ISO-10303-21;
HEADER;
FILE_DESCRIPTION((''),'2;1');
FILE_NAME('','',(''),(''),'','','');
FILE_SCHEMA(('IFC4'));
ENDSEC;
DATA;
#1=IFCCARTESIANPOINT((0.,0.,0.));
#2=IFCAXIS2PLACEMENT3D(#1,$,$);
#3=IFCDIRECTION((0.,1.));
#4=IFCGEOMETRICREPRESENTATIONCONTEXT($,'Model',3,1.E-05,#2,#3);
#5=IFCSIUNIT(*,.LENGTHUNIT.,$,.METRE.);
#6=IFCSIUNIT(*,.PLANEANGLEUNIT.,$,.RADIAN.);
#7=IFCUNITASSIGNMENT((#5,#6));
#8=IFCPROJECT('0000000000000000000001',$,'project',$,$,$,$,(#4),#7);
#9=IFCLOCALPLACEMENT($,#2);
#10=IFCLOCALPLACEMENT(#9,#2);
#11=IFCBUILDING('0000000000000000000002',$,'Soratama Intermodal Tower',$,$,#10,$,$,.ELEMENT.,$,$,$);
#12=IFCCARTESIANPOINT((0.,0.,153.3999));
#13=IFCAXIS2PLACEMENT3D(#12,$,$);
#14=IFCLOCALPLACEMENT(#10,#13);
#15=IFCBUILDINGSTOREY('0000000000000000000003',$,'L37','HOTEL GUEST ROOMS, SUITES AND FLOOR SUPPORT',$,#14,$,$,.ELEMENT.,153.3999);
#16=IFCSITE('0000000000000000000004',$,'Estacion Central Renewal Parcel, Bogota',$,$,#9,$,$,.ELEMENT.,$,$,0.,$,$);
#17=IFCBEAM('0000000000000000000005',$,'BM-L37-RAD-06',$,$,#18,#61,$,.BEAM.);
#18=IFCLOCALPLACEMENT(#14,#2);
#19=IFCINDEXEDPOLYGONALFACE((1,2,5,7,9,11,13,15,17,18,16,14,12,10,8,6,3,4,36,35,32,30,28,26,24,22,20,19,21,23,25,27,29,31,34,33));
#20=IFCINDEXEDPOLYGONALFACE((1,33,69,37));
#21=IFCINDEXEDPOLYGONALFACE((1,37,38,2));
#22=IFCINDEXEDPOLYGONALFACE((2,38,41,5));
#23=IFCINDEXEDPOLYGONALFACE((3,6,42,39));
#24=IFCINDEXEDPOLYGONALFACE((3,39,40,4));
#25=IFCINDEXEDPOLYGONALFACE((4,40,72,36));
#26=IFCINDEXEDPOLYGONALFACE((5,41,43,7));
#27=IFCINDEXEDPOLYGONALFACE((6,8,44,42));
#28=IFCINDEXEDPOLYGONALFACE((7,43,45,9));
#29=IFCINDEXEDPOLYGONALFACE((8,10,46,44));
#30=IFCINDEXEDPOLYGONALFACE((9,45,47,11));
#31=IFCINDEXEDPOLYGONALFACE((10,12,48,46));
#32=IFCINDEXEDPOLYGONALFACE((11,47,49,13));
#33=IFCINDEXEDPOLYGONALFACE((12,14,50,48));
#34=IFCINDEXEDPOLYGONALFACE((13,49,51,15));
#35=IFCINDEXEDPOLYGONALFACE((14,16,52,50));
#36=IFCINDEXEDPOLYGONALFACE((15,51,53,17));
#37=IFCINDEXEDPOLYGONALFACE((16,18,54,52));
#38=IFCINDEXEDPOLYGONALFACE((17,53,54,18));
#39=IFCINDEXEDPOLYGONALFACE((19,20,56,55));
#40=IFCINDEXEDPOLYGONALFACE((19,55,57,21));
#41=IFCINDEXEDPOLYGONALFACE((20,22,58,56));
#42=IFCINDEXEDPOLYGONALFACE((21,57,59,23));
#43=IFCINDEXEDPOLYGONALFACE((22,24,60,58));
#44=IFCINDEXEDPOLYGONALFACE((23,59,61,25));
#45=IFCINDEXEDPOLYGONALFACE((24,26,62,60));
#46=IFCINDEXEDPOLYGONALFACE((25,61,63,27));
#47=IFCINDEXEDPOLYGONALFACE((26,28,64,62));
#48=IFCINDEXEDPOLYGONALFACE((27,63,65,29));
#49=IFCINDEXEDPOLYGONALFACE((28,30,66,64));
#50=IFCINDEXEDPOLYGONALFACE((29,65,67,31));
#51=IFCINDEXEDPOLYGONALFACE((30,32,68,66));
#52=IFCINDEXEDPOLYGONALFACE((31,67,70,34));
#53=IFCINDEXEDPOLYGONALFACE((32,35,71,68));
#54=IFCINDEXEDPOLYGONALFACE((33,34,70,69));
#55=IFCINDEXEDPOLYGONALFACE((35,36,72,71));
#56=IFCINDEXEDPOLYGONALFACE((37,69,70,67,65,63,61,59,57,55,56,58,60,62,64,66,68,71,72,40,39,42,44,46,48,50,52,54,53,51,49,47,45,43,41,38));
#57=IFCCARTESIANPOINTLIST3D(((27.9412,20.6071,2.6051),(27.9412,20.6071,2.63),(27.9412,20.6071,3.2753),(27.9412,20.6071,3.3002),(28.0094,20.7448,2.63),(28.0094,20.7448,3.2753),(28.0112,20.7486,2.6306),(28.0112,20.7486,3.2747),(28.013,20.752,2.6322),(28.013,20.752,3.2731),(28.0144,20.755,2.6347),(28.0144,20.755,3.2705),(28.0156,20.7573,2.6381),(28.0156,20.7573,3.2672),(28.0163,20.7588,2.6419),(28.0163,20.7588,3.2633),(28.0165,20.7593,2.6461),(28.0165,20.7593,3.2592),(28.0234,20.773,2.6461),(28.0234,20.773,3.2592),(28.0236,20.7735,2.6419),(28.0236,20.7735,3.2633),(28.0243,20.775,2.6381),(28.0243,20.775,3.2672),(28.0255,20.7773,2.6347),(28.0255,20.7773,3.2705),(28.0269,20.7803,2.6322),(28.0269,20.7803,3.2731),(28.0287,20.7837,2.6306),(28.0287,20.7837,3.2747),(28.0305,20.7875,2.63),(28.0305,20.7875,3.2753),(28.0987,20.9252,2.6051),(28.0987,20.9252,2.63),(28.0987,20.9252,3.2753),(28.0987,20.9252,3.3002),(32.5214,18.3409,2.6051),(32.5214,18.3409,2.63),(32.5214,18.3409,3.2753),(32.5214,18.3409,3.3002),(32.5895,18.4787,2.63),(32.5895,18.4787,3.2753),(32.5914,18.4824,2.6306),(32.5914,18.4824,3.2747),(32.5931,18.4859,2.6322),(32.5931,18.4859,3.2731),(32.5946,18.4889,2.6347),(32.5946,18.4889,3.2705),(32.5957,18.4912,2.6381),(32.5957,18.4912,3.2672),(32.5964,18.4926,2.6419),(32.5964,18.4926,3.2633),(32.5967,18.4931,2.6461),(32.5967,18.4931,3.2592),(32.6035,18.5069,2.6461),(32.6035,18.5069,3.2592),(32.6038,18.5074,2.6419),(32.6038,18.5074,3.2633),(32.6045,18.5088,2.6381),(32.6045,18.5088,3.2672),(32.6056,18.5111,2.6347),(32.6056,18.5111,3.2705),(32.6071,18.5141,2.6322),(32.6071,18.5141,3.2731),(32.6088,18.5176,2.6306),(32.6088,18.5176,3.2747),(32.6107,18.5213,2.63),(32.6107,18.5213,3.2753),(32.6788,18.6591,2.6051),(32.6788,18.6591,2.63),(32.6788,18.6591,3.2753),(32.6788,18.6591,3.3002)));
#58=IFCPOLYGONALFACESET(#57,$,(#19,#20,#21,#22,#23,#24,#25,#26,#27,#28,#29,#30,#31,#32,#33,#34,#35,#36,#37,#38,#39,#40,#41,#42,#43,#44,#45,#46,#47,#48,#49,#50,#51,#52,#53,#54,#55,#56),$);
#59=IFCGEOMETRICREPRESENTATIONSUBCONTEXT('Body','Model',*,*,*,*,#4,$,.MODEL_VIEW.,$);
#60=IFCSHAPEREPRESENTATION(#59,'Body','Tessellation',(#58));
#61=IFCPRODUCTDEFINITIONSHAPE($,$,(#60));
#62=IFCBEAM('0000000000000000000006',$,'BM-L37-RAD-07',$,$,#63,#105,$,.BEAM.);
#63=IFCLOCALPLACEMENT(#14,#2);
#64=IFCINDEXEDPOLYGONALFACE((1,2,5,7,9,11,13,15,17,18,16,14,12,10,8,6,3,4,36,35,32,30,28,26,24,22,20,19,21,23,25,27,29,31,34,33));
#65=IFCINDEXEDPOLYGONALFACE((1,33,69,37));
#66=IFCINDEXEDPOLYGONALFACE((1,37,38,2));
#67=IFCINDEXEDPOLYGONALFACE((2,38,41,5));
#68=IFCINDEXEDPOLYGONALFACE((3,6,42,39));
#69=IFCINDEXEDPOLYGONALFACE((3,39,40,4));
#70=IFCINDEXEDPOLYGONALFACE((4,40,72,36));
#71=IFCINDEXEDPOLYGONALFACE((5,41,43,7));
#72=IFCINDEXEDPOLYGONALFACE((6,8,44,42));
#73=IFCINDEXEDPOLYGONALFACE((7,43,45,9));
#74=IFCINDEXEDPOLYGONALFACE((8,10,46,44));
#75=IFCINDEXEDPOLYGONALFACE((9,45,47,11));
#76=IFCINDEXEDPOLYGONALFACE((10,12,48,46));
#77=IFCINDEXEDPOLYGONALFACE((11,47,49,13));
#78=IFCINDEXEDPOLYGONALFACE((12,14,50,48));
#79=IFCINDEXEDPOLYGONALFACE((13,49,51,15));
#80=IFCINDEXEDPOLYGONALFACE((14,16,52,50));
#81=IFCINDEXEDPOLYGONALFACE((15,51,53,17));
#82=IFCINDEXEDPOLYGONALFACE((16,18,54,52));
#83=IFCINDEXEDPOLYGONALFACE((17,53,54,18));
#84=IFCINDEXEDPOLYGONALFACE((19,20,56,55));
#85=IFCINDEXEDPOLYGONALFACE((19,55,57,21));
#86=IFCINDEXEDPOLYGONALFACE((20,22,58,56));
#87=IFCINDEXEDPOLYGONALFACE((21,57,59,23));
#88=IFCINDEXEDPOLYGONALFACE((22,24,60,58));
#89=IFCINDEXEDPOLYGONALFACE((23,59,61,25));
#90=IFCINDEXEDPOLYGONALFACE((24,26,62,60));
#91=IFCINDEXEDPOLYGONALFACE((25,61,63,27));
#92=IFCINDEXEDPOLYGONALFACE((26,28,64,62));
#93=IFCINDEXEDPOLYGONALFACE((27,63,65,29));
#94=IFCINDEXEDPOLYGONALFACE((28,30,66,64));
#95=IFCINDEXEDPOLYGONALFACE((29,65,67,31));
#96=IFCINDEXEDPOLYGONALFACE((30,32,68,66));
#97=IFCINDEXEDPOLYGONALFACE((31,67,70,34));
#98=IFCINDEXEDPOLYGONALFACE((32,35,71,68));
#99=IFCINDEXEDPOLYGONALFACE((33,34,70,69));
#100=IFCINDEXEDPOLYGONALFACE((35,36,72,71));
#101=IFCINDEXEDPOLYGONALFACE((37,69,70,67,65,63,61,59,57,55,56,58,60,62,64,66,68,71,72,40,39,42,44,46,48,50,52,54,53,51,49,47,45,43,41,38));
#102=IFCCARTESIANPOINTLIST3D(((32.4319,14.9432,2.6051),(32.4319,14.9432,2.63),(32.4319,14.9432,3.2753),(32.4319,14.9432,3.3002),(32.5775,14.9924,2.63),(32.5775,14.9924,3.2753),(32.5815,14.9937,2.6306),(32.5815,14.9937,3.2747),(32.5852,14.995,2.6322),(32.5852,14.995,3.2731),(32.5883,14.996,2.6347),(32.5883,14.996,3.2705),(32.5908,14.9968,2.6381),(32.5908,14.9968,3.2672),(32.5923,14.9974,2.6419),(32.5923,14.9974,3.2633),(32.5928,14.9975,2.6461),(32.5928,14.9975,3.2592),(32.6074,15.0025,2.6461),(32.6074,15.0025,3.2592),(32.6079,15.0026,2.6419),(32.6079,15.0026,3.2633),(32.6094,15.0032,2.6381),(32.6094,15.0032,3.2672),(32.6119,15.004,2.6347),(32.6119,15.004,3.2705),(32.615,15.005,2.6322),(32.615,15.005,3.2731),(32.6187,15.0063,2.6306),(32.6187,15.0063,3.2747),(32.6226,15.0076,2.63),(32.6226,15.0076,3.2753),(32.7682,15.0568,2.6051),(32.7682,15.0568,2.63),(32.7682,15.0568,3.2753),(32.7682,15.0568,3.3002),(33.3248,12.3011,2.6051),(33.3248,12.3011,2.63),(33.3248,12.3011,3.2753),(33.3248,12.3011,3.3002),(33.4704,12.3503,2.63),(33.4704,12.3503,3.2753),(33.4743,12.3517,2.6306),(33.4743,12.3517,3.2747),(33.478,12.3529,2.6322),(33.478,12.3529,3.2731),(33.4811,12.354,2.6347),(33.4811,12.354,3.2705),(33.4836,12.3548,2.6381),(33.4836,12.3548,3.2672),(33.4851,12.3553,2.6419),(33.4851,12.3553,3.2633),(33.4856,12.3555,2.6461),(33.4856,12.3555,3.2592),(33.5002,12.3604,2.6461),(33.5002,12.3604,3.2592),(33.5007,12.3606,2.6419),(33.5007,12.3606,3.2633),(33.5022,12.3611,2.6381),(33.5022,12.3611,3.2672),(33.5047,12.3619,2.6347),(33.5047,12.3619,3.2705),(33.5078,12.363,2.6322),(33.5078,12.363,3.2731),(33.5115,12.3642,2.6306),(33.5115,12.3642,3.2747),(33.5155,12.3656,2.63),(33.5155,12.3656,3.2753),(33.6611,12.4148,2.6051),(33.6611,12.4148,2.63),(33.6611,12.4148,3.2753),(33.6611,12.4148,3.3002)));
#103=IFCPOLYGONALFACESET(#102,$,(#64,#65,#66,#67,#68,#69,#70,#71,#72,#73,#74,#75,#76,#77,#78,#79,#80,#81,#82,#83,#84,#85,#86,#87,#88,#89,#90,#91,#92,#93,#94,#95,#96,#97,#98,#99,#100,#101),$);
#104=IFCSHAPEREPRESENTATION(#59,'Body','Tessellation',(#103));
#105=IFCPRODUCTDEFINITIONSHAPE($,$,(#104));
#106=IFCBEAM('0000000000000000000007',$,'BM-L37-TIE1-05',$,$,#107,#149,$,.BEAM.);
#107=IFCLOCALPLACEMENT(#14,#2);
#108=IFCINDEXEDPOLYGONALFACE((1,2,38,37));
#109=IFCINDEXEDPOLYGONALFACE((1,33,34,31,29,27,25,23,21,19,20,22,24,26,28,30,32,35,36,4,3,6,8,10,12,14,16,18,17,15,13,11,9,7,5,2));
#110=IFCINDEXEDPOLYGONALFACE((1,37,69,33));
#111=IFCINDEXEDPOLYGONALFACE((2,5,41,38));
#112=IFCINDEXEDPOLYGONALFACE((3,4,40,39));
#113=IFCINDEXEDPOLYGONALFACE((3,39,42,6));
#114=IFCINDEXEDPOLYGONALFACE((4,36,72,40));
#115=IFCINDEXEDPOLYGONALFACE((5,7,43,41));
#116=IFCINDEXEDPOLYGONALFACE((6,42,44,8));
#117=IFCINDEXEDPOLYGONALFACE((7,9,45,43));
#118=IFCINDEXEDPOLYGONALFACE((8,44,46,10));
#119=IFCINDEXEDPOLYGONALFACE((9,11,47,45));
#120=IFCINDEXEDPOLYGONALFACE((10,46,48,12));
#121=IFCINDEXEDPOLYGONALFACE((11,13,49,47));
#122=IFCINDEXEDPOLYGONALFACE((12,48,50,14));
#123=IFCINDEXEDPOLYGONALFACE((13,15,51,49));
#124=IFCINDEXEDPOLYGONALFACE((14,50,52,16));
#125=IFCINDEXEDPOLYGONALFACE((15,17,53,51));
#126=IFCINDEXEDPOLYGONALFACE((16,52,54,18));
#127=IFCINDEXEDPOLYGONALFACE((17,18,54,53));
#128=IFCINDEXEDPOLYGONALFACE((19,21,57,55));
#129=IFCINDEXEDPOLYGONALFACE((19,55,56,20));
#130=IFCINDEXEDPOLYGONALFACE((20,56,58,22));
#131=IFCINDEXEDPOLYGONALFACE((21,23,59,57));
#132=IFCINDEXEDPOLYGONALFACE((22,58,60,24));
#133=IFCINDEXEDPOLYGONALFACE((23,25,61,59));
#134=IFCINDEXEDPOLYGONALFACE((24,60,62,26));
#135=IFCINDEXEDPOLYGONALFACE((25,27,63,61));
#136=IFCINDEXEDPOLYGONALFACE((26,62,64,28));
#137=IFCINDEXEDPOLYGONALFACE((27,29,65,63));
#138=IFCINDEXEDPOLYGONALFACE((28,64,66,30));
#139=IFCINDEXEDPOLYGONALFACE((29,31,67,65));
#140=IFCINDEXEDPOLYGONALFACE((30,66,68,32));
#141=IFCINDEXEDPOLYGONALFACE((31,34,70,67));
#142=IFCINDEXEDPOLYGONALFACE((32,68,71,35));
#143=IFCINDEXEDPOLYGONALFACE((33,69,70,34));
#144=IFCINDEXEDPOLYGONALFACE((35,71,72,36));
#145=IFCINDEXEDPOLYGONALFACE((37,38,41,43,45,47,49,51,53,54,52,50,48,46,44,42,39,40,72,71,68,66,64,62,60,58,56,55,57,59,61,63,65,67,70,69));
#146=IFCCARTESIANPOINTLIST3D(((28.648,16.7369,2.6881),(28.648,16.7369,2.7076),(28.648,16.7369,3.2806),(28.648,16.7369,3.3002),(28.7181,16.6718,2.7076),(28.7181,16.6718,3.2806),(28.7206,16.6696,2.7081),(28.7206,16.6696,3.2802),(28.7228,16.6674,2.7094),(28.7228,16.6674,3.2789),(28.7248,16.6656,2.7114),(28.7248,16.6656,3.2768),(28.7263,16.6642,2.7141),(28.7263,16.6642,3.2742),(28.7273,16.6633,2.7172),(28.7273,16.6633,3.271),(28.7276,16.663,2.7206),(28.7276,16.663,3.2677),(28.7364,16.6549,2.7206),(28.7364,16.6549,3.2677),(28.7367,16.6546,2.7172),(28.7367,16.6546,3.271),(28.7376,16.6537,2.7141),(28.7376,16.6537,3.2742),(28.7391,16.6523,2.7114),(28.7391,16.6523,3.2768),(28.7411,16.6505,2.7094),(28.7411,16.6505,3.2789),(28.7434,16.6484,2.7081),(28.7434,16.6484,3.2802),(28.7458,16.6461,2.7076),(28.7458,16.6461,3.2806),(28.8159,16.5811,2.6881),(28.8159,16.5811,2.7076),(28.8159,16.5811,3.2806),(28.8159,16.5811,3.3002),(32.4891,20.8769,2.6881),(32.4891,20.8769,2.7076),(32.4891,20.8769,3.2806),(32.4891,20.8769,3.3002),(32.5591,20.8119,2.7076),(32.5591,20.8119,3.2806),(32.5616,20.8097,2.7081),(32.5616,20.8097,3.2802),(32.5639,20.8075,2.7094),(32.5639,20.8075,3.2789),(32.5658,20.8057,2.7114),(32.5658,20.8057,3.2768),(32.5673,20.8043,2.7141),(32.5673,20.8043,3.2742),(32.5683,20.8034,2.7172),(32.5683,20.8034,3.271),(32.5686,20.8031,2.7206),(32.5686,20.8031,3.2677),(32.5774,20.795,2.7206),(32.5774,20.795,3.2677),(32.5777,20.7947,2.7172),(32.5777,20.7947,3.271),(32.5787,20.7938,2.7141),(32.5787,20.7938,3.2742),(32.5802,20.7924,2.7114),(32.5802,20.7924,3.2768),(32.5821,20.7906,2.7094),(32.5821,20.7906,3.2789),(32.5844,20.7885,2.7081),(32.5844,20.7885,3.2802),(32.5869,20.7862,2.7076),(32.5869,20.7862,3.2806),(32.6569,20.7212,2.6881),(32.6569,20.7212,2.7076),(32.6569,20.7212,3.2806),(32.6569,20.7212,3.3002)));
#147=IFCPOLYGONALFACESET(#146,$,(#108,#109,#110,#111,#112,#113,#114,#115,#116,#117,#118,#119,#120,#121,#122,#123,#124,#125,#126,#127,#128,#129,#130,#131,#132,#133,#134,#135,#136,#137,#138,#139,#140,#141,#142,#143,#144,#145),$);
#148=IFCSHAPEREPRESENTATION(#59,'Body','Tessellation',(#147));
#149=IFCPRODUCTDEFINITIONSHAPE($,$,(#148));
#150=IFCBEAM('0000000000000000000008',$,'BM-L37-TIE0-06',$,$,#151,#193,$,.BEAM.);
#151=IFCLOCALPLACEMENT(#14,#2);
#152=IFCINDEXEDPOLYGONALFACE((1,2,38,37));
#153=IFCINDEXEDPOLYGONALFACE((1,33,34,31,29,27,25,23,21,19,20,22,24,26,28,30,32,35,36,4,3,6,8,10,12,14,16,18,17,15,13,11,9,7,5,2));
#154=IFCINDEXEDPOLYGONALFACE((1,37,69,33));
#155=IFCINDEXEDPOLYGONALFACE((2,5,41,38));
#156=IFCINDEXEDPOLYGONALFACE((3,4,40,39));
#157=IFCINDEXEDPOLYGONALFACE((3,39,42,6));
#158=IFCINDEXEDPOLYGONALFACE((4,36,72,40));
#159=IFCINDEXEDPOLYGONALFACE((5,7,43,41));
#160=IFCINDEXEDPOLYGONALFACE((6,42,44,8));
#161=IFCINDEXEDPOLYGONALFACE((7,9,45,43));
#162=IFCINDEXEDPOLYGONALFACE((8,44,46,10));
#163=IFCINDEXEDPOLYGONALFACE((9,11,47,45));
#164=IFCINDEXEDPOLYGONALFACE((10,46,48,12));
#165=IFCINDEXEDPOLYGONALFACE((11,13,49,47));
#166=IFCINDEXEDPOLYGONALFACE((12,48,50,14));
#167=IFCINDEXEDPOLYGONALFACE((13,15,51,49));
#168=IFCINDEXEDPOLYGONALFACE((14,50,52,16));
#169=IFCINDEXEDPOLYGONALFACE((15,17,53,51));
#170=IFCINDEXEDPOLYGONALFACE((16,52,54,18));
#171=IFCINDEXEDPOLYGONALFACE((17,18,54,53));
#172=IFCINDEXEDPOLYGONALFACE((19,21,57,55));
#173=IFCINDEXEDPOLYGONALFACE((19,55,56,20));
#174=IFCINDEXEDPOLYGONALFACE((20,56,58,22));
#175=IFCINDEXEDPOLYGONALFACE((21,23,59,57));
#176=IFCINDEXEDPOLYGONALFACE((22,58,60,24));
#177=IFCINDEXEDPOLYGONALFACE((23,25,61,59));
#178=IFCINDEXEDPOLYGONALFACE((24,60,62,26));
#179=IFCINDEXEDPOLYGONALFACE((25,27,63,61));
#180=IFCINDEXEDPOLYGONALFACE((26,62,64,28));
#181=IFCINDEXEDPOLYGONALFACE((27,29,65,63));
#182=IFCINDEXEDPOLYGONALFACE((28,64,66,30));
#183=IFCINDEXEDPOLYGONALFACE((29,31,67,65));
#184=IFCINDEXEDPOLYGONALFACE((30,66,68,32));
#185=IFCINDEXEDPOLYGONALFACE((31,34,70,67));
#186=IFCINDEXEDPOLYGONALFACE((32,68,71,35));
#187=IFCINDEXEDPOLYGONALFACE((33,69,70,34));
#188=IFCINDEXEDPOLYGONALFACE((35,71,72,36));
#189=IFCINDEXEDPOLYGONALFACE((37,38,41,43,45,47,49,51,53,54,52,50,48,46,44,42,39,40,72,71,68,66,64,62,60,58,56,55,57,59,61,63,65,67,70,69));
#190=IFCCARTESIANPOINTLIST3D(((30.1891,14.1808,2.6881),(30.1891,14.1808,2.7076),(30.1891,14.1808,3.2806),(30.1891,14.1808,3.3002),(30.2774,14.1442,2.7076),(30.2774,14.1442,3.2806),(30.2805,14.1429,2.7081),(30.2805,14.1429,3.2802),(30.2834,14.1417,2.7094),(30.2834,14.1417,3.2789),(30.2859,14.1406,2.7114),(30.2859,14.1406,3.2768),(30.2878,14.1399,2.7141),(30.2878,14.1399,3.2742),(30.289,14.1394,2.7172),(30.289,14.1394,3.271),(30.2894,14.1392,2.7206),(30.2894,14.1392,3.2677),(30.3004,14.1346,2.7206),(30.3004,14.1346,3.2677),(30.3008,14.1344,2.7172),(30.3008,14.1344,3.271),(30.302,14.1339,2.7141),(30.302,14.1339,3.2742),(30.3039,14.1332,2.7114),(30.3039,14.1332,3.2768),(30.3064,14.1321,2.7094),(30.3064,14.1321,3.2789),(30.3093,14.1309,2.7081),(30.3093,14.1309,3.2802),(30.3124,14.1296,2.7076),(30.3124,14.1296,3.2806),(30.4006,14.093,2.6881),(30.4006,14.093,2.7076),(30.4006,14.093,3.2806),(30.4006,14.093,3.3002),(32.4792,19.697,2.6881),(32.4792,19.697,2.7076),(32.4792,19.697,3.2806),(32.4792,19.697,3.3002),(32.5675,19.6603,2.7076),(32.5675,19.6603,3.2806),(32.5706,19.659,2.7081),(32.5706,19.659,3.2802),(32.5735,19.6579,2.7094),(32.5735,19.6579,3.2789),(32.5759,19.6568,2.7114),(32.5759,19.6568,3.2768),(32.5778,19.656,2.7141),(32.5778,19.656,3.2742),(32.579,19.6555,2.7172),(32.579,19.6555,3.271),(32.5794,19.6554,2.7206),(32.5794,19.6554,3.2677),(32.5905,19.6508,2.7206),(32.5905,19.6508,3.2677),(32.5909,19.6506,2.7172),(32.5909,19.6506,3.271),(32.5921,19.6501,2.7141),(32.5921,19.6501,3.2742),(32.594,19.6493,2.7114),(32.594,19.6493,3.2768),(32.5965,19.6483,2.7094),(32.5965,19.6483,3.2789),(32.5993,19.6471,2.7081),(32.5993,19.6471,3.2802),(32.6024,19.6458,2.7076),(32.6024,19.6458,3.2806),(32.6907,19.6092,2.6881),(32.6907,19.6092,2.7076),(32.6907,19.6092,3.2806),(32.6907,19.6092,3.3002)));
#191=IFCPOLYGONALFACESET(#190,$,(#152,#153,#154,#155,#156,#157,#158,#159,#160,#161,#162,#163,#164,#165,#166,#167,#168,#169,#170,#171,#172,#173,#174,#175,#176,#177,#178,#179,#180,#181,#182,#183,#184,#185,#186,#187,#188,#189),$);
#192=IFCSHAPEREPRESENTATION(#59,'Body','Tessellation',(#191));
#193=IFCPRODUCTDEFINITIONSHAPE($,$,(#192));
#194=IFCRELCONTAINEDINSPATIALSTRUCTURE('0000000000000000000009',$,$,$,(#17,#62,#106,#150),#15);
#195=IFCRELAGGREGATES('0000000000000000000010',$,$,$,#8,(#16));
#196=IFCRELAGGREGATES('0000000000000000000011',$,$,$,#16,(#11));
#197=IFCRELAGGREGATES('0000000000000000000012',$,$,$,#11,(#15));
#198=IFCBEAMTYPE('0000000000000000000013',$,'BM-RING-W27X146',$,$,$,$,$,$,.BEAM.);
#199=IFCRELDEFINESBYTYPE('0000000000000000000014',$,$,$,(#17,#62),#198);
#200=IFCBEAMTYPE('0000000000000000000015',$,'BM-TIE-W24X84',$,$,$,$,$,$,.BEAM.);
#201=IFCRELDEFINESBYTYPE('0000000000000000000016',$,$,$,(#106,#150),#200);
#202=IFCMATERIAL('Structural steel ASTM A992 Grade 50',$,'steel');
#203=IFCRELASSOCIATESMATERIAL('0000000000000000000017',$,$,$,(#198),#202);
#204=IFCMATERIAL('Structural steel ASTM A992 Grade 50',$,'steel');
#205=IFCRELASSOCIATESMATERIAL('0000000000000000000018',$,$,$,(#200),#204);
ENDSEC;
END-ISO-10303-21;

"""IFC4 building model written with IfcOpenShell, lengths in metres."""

from ifc_helpers import new_model, si_unit, direction, frame, origin, origin_2d, place, context, subcontext, project, spatial, i_section, extrude, material, material_profile, profile_set, type_object, element, save


model = new_model("IFC4")

# Units and contexts
model_context = context("Model", 3, precision=1e-05, world=origin(), true_north=direction((0.0, 1.0)))
body_context = subcontext(model_context, "Body", "Model", "MODEL_VIEW")
ifc_project = project(units=[si_unit("LENGTHUNIT", "METRE"), si_unit("PLANEANGLEUNIT", "RADIAN")], contexts=[model_context])

# Site, building, storey
site_placement = place(None, origin())
site = spatial("IfcSite", under=ifc_project, at=site_placement, Name="Estacion Central Renewal Parcel, Bogota", CompositionType="ELEMENT", RefElevation=0.0)
building_placement = place(site_placement, origin())
building = spatial("IfcBuilding", under=site, at=building_placement, Name="Soratama Intermodal Tower", CompositionType="ELEMENT")
storey_placement = place(building_placement, frame((0.0, 0.0, 153.3999)))
storey = spatial("IfcBuildingStorey", under=building, at=storey_placement, Name="L37", Description="HOTEL GUEST ROOMS, SUITES AND FLOOR SUPPORT", CompositionType="ELEMENT", Elevation=153.3999)

# Beams
ifc_material_1 = material(Name="Structural steel ASTM A992 Grade 50", Category="steel")
ifc_material_profile_1 = material_profile(ifc_material_1, i_section(OverallWidth=0.355, OverallDepth=0.6951, WebThickness=0.0154, FlangeThickness=0.0249, FilletRadius=0.0161, at=origin_2d()), Name="W27X146")
ifc_profile_set_1 = profile_set([ifc_material_profile_1], Name="Structural steel ASTM A992 Grade 50")
beam_type_1 = type_object("IfcBeamType", Name="BM-RING-W27X146", PredefinedType="BEAM", material=ifc_profile_set_1)
beam_1_placement = place(storey_placement, frame((32.6001, 18.5, 2.9526), z_axis=(-0.896292, 0.443464, 0.0), x_axis=(-0.443464, -0.896292, 0.0)))
element("IfcBeam", 1, at=beam_1_placement, inside=storey, type_object=beam_type_1, Name="BM-L37-RAD-06", PredefinedType="BEAM", context=body_context, shape_type="SweptSolid", body=[
    extrude(i_section(OverallWidth=0.355, OverallDepth=0.6951, WebThickness=0.0154, FlangeThickness=0.0249, FilletRadius=0.0161, at=origin_2d()), origin(), (0.0, 0.0, 1.0), 5.1101),
])
beam_2_placement = place(storey_placement, frame((32.6001, 15.0, 2.9526), z_axis=(0.320138, -0.947371, 0.0), x_axis=(0.947371, 0.320138, 0.0)))
element("IfcBeam", 2, at=beam_2_placement, inside=storey, type_object=beam_type_1, Name="BM-L37-RAD-07", PredefinedType="BEAM", context=body_context, shape_type="SweptSolid", body=[
    extrude(i_section(OverallWidth=0.355, OverallDepth=0.6951, WebThickness=0.0154, FlangeThickness=0.0249, FilletRadius=0.0161, at=origin_2d()), origin(), (0.0, 0.0, 1.0), 2.7888),
])
ifc_material_2 = material(Name="Structural steel ASTM A992 Grade 50", Category="steel")
ifc_material_profile_2 = material_profile(ifc_material_2, i_section(OverallWidth=0.229, OverallDepth=0.6121, WebThickness=0.012, FlangeThickness=0.0195, FilletRadius=0.0129, at=origin_2d()), Name="W24X84")
ifc_profile_set_2 = profile_set([ifc_material_profile_2], Name="Structural steel ASTM A992 Grade 50")
beam_type_2 = type_object("IfcBeamType", Name="BM-TIE-W24X84", PredefinedType="BEAM", material=ifc_profile_set_2)
beam_3_placement = place(storey_placement, frame((32.573, 20.7991, 2.9941), z_axis=(-0.680133, -0.733089, 0.0), x_axis=(0.733089, -0.680133, 0.0)))
element("IfcBeam", 3, at=beam_3_placement, inside=storey, type_object=beam_type_2, Name="BM-L37-TIE1-05", PredefinedType="BEAM", context=body_context, shape_type="SweptSolid", body=[
    extrude(i_section(OverallWidth=0.229, OverallDepth=0.6121, WebThickness=0.012, FlangeThickness=0.0195, FilletRadius=0.0129, at=origin_2d()), origin(), (0.0, 0.0, 1.0), 5.6475),
])
beam_4_placement = place(storey_placement, frame((32.585, 19.6531, 2.9941), z_axis=(-0.383425, -0.923572, 0.0), x_axis=(0.923572, -0.383425, 0.0)))
element("IfcBeam", 4, at=beam_4_placement, inside=storey, type_object=beam_type_2, Name="BM-L37-TIE0-06", PredefinedType="BEAM", context=body_context, shape_type="SweptSolid", body=[
    extrude(i_section(OverallWidth=0.229, OverallDepth=0.6121, WebThickness=0.012, FlangeThickness=0.0195, FilletRadius=0.0129, at=origin_2d()), origin(), (0.0, 0.0, 1.0), 5.9727),
])

save(model, "model.ifc")
